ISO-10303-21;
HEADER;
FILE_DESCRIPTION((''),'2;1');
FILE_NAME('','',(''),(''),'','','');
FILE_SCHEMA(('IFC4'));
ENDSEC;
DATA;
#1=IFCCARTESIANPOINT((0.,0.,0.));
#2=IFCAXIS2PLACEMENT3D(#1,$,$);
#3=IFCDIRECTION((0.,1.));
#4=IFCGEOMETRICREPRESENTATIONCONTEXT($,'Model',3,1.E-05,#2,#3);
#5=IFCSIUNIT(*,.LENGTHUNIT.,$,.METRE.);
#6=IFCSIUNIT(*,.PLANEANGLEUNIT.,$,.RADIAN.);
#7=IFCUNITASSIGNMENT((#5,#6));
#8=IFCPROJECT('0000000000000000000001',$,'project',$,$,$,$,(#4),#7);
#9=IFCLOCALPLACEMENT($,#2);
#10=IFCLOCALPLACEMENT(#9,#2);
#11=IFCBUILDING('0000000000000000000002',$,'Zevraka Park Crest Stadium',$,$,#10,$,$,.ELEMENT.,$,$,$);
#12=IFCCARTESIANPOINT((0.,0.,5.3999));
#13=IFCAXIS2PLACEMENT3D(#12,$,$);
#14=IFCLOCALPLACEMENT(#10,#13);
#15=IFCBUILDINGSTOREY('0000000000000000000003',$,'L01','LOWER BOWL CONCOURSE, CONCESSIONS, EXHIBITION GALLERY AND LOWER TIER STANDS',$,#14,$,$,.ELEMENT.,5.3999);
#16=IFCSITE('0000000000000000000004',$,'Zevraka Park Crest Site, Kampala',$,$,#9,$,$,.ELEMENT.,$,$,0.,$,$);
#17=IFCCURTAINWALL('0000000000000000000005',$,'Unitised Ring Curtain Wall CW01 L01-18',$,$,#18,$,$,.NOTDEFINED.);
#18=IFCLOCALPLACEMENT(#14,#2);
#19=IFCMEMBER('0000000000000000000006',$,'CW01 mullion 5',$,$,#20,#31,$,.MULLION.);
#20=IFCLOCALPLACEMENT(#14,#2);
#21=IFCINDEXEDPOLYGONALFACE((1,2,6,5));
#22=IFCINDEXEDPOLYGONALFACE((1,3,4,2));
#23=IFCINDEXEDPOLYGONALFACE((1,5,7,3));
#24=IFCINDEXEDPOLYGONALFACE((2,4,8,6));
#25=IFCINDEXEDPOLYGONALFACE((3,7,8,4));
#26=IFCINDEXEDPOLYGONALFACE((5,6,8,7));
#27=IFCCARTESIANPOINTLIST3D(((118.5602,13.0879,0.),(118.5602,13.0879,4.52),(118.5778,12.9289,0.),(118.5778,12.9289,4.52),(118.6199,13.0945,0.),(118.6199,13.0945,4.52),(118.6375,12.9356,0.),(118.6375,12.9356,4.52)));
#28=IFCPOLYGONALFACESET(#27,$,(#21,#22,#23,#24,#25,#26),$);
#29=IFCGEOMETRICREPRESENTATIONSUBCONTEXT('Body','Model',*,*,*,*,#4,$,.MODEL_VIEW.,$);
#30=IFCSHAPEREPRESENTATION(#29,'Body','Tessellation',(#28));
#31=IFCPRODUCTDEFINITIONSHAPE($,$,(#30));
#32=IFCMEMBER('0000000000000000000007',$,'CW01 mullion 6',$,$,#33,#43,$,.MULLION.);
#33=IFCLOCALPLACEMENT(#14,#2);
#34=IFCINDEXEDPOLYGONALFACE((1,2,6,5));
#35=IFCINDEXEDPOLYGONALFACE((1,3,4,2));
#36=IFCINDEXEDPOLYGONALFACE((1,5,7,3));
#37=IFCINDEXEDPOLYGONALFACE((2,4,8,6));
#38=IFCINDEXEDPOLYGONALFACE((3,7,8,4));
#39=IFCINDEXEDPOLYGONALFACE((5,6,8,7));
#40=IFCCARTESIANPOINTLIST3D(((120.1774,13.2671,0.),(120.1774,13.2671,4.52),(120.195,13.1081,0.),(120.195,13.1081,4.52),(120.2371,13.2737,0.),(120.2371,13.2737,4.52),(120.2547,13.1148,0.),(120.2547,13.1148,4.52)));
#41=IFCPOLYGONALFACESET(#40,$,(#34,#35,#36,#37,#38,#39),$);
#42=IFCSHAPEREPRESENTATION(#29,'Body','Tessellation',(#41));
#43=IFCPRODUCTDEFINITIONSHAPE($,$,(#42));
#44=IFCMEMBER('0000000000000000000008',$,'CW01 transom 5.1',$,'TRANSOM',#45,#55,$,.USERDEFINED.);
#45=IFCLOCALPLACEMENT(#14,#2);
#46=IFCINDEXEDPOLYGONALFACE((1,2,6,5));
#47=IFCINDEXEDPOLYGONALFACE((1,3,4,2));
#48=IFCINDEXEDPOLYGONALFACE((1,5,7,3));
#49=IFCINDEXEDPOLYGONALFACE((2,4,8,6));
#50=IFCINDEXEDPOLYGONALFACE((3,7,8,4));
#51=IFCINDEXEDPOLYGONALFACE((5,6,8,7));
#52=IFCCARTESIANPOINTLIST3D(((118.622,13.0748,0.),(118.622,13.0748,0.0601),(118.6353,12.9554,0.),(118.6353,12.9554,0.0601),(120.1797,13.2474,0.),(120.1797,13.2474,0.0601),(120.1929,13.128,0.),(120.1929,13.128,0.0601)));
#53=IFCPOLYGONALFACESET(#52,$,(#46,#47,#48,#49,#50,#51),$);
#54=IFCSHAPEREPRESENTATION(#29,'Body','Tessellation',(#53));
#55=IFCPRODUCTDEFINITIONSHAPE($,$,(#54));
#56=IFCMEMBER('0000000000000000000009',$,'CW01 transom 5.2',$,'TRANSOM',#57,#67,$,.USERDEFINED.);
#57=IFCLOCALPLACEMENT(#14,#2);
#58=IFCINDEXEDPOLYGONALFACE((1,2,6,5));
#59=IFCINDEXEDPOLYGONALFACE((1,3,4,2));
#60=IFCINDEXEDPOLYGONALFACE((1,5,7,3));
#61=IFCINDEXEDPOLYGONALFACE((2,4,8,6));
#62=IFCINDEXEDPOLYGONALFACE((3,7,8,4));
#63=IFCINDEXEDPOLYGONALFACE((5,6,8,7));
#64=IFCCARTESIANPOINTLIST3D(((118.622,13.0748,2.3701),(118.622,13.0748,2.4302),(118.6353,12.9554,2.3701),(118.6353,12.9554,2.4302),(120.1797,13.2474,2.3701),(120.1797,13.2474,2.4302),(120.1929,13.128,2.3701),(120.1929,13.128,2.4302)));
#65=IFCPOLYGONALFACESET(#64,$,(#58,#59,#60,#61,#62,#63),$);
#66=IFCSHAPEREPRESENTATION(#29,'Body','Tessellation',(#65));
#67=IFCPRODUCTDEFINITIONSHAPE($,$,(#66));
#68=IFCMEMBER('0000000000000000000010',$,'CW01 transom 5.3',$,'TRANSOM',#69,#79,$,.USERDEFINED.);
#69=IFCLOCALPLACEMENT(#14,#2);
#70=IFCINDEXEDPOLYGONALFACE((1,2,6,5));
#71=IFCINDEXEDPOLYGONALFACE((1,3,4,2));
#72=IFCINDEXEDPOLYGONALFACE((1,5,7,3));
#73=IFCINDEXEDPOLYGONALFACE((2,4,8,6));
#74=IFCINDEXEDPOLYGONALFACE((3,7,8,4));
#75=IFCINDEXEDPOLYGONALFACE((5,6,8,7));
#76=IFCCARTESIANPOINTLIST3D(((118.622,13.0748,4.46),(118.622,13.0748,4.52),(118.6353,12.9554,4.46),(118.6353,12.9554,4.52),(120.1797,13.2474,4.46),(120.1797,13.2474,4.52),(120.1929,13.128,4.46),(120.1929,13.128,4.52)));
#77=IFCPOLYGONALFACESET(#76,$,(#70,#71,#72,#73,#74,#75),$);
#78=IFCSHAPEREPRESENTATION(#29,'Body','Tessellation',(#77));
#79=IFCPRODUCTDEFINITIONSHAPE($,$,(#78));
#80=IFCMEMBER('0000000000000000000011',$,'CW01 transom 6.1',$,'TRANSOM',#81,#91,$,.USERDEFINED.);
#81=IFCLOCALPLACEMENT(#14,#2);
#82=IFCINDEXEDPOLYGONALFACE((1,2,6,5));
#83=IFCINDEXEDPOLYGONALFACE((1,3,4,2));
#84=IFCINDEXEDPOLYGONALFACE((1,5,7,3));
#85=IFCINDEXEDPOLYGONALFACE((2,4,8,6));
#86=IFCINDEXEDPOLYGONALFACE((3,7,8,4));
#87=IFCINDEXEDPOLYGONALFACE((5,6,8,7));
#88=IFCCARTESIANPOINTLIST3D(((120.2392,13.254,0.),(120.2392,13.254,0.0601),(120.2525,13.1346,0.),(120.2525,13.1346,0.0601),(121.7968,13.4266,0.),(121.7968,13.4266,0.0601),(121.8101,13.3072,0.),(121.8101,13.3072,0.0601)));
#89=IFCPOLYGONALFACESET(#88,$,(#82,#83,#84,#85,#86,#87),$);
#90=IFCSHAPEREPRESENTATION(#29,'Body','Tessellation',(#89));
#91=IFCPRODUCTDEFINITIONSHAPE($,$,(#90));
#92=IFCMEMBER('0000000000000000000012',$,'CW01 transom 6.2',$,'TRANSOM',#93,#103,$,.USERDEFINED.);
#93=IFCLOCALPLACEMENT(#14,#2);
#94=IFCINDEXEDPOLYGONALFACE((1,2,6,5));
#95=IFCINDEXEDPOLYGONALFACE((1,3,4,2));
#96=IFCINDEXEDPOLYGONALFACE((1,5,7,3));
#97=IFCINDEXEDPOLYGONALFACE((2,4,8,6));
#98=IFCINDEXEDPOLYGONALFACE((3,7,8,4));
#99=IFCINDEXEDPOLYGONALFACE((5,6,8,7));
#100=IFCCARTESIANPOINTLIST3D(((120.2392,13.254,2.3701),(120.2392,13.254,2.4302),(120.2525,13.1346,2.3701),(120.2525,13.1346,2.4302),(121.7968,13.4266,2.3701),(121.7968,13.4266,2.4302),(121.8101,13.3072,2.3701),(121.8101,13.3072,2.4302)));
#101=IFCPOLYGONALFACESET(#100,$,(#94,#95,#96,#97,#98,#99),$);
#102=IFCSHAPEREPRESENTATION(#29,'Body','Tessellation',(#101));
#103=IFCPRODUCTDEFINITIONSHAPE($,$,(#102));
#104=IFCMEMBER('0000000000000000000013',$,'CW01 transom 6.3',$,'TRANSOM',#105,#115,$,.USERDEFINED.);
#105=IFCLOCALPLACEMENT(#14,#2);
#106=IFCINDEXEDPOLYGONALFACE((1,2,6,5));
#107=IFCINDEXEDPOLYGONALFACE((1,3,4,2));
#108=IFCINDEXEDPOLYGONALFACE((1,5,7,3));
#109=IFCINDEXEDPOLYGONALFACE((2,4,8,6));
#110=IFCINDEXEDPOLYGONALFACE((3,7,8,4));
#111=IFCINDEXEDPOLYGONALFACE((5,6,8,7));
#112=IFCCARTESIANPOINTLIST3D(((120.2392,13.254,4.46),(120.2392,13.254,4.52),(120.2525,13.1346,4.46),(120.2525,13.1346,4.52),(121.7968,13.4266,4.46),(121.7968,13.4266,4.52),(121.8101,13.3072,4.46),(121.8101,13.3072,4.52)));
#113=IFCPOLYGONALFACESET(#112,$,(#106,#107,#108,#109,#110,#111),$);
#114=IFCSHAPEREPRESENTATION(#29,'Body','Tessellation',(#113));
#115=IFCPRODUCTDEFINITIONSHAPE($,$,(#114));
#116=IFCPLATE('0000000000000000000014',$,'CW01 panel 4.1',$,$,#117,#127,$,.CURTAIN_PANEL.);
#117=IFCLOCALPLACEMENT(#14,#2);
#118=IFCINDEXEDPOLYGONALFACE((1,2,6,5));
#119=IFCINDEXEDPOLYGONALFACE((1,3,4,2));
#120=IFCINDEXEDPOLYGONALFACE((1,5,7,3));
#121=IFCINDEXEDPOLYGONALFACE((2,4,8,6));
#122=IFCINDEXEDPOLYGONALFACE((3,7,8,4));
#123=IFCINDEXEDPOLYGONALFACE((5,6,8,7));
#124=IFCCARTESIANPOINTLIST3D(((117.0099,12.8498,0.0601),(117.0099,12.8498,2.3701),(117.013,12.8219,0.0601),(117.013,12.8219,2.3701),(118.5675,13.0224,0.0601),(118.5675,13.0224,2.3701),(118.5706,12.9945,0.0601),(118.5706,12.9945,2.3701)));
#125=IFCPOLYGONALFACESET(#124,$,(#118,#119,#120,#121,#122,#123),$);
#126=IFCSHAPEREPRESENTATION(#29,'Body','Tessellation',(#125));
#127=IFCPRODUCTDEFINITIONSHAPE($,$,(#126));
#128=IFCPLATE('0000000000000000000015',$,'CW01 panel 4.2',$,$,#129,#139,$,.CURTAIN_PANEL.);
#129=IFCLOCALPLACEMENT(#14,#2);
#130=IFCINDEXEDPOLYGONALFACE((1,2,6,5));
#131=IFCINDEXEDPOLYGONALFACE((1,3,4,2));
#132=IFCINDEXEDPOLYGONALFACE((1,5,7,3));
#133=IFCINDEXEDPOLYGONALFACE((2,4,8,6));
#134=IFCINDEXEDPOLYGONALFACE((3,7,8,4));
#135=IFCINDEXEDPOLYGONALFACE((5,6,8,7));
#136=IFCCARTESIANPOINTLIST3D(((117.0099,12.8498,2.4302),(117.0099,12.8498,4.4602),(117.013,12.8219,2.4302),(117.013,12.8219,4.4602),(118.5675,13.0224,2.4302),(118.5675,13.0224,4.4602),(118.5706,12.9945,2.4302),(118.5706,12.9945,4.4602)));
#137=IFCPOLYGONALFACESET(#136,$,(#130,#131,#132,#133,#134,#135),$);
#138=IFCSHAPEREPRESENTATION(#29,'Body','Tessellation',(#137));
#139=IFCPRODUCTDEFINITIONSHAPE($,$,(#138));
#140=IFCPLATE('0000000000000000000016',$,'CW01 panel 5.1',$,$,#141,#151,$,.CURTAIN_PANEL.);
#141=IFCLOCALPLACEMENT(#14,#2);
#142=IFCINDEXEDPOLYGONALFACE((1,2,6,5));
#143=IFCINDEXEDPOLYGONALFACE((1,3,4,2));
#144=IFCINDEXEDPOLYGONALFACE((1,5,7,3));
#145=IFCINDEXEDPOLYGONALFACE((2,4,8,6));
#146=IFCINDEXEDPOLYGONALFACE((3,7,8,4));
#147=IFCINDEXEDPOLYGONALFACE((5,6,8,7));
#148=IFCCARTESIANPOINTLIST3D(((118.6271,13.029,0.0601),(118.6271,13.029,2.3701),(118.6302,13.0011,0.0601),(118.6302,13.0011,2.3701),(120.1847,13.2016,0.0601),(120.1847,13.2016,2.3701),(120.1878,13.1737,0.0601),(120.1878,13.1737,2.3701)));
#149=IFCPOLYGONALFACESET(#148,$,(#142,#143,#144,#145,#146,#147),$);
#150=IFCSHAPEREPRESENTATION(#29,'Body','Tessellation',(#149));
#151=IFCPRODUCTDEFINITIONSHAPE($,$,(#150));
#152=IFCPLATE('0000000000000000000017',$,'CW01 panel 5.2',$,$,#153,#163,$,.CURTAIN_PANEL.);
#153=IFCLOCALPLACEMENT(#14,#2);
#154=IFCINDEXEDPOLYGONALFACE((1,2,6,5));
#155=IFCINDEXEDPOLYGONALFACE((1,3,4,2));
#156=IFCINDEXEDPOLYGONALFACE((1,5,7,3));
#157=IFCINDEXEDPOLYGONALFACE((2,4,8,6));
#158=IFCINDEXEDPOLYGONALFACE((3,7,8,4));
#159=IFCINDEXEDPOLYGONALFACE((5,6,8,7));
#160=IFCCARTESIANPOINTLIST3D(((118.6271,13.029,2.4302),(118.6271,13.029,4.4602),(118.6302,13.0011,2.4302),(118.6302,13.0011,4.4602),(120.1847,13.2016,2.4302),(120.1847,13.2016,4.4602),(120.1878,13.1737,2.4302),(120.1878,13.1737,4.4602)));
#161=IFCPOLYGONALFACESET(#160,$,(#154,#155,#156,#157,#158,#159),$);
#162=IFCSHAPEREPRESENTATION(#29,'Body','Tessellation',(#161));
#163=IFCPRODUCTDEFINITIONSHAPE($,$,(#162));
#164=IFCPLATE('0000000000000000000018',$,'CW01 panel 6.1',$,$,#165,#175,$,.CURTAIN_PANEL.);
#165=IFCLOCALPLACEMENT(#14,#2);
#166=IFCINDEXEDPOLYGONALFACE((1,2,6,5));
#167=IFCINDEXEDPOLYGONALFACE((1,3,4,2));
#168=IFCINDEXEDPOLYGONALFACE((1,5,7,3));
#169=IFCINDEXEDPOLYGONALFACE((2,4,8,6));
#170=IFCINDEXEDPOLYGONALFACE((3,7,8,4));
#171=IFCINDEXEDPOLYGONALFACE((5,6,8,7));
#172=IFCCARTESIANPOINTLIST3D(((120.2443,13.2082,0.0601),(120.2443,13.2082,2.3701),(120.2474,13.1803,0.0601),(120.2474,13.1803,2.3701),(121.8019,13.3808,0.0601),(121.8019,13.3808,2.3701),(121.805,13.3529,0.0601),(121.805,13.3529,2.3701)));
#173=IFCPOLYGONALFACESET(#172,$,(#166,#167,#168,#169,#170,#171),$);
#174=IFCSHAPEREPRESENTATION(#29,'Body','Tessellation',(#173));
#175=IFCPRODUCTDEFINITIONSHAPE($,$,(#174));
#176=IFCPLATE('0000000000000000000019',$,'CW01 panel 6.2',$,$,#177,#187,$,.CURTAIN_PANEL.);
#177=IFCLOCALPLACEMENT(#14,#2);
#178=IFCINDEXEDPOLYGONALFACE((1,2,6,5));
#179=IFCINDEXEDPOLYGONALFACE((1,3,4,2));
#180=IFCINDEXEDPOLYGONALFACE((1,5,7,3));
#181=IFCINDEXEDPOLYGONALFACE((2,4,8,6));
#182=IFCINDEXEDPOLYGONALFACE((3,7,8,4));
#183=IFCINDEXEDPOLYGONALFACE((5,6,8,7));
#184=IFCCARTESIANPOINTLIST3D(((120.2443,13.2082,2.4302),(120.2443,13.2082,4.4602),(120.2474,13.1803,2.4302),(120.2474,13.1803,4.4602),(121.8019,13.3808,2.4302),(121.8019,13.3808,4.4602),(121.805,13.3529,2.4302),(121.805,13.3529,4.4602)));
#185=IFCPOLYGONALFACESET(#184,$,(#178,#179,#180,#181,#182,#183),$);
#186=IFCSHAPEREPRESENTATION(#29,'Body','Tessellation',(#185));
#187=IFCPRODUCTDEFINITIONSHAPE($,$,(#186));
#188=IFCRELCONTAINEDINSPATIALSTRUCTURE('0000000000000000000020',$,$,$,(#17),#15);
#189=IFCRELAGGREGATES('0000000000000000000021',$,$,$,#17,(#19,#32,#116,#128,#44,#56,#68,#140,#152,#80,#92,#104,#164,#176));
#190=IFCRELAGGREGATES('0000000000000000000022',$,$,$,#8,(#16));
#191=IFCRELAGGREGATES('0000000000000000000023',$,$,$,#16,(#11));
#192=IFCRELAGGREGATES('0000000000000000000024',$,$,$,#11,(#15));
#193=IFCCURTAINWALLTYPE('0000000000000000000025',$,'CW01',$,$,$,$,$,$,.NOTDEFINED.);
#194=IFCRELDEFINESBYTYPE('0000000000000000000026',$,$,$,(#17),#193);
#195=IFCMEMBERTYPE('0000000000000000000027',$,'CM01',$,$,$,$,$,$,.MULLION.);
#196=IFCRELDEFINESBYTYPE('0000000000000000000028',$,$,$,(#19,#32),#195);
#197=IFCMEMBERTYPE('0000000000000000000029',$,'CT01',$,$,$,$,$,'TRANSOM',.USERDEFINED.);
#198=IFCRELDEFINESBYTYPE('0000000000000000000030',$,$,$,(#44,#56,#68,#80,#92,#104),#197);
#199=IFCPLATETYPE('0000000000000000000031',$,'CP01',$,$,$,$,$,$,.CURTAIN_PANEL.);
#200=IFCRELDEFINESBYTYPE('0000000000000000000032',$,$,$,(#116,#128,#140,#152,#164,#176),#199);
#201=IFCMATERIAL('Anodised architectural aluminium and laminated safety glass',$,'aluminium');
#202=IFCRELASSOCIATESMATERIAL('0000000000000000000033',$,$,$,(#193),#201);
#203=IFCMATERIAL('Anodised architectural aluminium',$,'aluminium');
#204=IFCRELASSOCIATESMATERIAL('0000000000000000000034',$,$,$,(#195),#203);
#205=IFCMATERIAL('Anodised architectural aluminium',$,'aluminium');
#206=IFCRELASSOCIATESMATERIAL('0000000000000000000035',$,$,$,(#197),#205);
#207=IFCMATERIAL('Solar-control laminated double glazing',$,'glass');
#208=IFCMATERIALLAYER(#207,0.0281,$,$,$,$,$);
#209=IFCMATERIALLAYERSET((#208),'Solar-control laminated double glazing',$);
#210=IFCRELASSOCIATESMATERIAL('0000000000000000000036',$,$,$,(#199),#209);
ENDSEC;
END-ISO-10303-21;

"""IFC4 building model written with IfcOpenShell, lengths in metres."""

from ifc_helpers import new_model, si_unit, direction, frame, origin, origin_2d, place, context, subcontext, project, spatial, rectangle, extrude, material, layer, layer_set, material_profile, profile_set, type_object, element, aggregate, save


model = new_model("IFC4")

# Units and contexts
model_context = context("Model", 3, precision=1e-05, world=origin(), true_north=direction((0.0, 1.0)))
body_context = subcontext(model_context, "Body", "Model", "MODEL_VIEW")
ifc_project = project(units=[si_unit("LENGTHUNIT", "METRE"), si_unit("PLANEANGLEUNIT", "RADIAN")], contexts=[model_context])

# Site, building, storey
site_placement = place(None, origin())
site = spatial("IfcSite", under=ifc_project, at=site_placement, Name="Zevraka Park Crest Site, Kampala", CompositionType="ELEMENT", RefElevation=0.0)
building_placement = place(site_placement, origin())
building = spatial("IfcBuilding", under=site, at=building_placement, Name="Zevraka Park Crest Stadium", CompositionType="ELEMENT")
storey_placement = place(building_placement, frame((0.0, 0.0, 5.3999)))
storey = spatial("IfcBuildingStorey", under=building, at=storey_placement, Name="L01", Description="LOWER BOWL CONCOURSE, CONCESSIONS, EXHIBITION GALLERY AND LOWER TIER STANDS", CompositionType="ELEMENT", Elevation=5.3999)

# Curtain wall, members, plates
ifc_material_1 = material(Name="Anodised architectural aluminium and laminated safety glass", Category="aluminium")
curtain_wall_type = type_object("IfcCurtainWallType", Name="CW01", PredefinedType="NOTDEFINED", material=ifc_material_1)
curtain_wall_placement = place(storey_placement, origin())
curtain_wall = element("IfcCurtainWall", 1, at=curtain_wall_placement, inside=storey, type_object=curtain_wall_type, Name="Unitised Ring Curtain Wall CW01 L01-18", PredefinedType="NOTDEFINED")
ifc_material_2 = material(Name="Anodised architectural aluminium", Category="aluminium")
ifc_material_profile_1 = material_profile(ifc_material_2, rectangle(XDim=0.1599, YDim=0.0601, at=origin_2d()), Name="ALU MULLION 160x60")
ifc_profile_set_1 = profile_set([ifc_material_profile_1], Name="Anodised architectural aluminium")
member_type_1 = type_object("IfcMemberType", Name="CM01", PredefinedType="MULLION", material=ifc_profile_set_1)
member_1_placement = place(storey_placement, frame((118.5989, 13.0117, 0.0), z_axis=(0.0, 0.0, 1.0), x_axis=(-0.110135, 0.993917, 0.0)))
member_1 = element("IfcMember", 2, at=member_1_placement, type_object=member_type_1, Name="CW01 mullion 5", PredefinedType="MULLION", context=body_context, shape_type="SweptSolid", body=[
    extrude(rectangle(XDim=0.1599, YDim=0.0601, at=origin_2d()), origin(), (0.0, 0.0, 1.0), 4.52),
])
member_2_placement = place(storey_placement, frame((120.2161, 13.1909, 0.0), z_axis=(0.0, 0.0, 1.0), x_axis=(-0.110135, 0.993917, 0.0)))
member_2 = element("IfcMember", 3, at=member_2_placement, type_object=member_type_1, Name="CW01 mullion 6", PredefinedType="MULLION", context=body_context, shape_type="SweptSolid", body=[
    extrude(rectangle(XDim=0.1599, YDim=0.0601, at=origin_2d()), origin(), (0.0, 0.0, 1.0), 4.52),
])
ifc_material_3 = material(Name="Anodised architectural aluminium", Category="aluminium")
ifc_material_profile_2 = material_profile(ifc_material_3, rectangle(XDim=0.1201, YDim=0.0601, at=origin_2d()), Name="ALU TRANSOM 120x60")
ifc_profile_set_2 = profile_set([ifc_material_profile_2], Name="Anodised architectural aluminium")
member_type_2 = type_object("IfcMemberType", Name="CT01", ElementType="TRANSOM", PredefinedType="USERDEFINED", material=ifc_profile_set_2)
member_3_placement = place(storey_placement, frame((118.6287, 13.0151, 0.03), z_axis=(0.993916, 0.110141, 0.0), x_axis=(-0.110141, 0.993916, 0.0)))
member_3 = element("IfcMember", 4, at=member_3_placement, type_object=member_type_2, Name="CW01 transom 5.1", ObjectType="TRANSOM", PredefinedType="USERDEFINED", context=body_context, shape_type="SweptSolid", body=[
    extrude(rectangle(XDim=0.1201, YDim=0.0601, at=origin_2d()), origin(), (0.0, 0.0, 1.0), 1.5671),
])
member_4_placement = place(storey_placement, frame((118.6287, 13.0151, 2.4001), z_axis=(0.993916, 0.110141, 0.0), x_axis=(-0.110141, 0.993916, 0.0)))
member_4 = element("IfcMember", 5, at=member_4_placement, type_object=member_type_2, Name="CW01 transom 5.2", ObjectType="TRANSOM", PredefinedType="USERDEFINED", context=body_context, shape_type="SweptSolid", body=[
    extrude(rectangle(XDim=0.1201, YDim=0.0601, at=origin_2d()), origin(), (0.0, 0.0, 1.0), 1.5671),
])
member_5_placement = place(storey_placement, frame((118.6287, 13.0151, 4.49), z_axis=(0.993916, 0.110141, 0.0), x_axis=(-0.110141, 0.993916, 0.0)))
member_5 = element("IfcMember", 6, at=member_5_placement, type_object=member_type_2, Name="CW01 transom 5.3", ObjectType="TRANSOM", PredefinedType="USERDEFINED", context=body_context, shape_type="SweptSolid", body=[
    extrude(rectangle(XDim=0.1201, YDim=0.0601, at=origin_2d()), origin(), (0.0, 0.0, 1.0), 1.5671),
])
member_6_placement = place(storey_placement, frame((120.2458, 13.1943, 0.03), z_axis=(0.993916, 0.110141, 0.0), x_axis=(-0.110141, 0.993916, 0.0)))
member_6 = element("IfcMember", 7, at=member_6_placement, type_object=member_type_2, Name="CW01 transom 6.1", ObjectType="TRANSOM", PredefinedType="USERDEFINED", context=body_context, shape_type="SweptSolid", body=[
    extrude(rectangle(XDim=0.1201, YDim=0.0601, at=origin_2d()), origin(), (0.0, 0.0, 1.0), 1.5671),
])
member_7_placement = place(storey_placement, frame((120.2458, 13.1943, 2.4001), z_axis=(0.993916, 0.110141, 0.0), x_axis=(-0.110141, 0.993916, 0.0)))
member_7 = element("IfcMember", 8, at=member_7_placement, type_object=member_type_2, Name="CW01 transom 6.2", ObjectType="TRANSOM", PredefinedType="USERDEFINED", context=body_context, shape_type="SweptSolid", body=[
    extrude(rectangle(XDim=0.1201, YDim=0.0601, at=origin_2d()), origin(), (0.0, 0.0, 1.0), 1.5671),
])
member_8_placement = place(storey_placement, frame((120.2458, 13.1943, 4.49), z_axis=(0.993916, 0.110141, 0.0), x_axis=(-0.110141, 0.993916, 0.0)))
member_8 = element("IfcMember", 9, at=member_8_placement, type_object=member_type_2, Name="CW01 transom 6.3", ObjectType="TRANSOM", PredefinedType="USERDEFINED", context=body_context, shape_type="SweptSolid", body=[
    extrude(rectangle(XDim=0.1201, YDim=0.0601, at=origin_2d()), origin(), (0.0, 0.0, 1.0), 1.5671),
])
ifc_material_4 = material(Name="Solar-control laminated double glazing", Category="glass")
ifc_layer_1 = layer(ifc_material_4, 0.0281)
ifc_layer_set_1 = layer_set([ifc_layer_1], Name="Solar-control laminated double glazing")
plate_type = type_object("IfcPlateType", Name="CP01", PredefinedType="CURTAIN_PANEL", material=ifc_layer_set_1)
plate_1_placement = place(storey_placement, frame((117.7903, 12.9221, 0.0601), z_axis=(0.0, 0.0, 1.0), x_axis=(0.993917, 0.110135, 0.0)))
plate_1 = element("IfcPlate", 10, at=plate_1_placement, type_object=plate_type, Name="CW01 panel 4.1", PredefinedType="CURTAIN_PANEL", context=body_context, shape_type="SweptSolid", body=[
    extrude(rectangle(XDim=1.5671, YDim=0.0281, at=origin_2d()), origin(), (0.0, 0.0, 1.0), 2.3101),
])
plate_2_placement = place(storey_placement, frame((117.7903, 12.9221, 2.4302), z_axis=(0.0, 0.0, 1.0), x_axis=(0.993917, 0.110135, 0.0)))
plate_2 = element("IfcPlate", 11, at=plate_2_placement, type_object=plate_type, Name="CW01 panel 4.2", PredefinedType="CURTAIN_PANEL", context=body_context, shape_type="SweptSolid", body=[
    extrude(rectangle(XDim=1.5671, YDim=0.0281, at=origin_2d()), origin(), (0.0, 0.0, 1.0), 2.03),
])
plate_3_placement = place(storey_placement, frame((119.4075, 13.1013, 0.0601), z_axis=(0.0, 0.0, 1.0), x_axis=(0.993917, 0.110135, 0.0)))
plate_3 = element("IfcPlate", 12, at=plate_3_placement, type_object=plate_type, Name="CW01 panel 5.1", PredefinedType="CURTAIN_PANEL", context=body_context, shape_type="SweptSolid", body=[
    extrude(rectangle(XDim=1.5671, YDim=0.0281, at=origin_2d()), origin(), (0.0, 0.0, 1.0), 2.3101),
])
plate_4_placement = place(storey_placement, frame((119.4075, 13.1013, 2.4302), z_axis=(0.0, 0.0, 1.0), x_axis=(0.993917, 0.110135, 0.0)))
plate_4 = element("IfcPlate", 13, at=plate_4_placement, type_object=plate_type, Name="CW01 panel 5.2", PredefinedType="CURTAIN_PANEL", context=body_context, shape_type="SweptSolid", body=[
    extrude(rectangle(XDim=1.5671, YDim=0.0281, at=origin_2d()), origin(), (0.0, 0.0, 1.0), 2.03),
])
plate_5_placement = place(storey_placement, frame((121.0247, 13.2805, 0.0601), z_axis=(0.0, 0.0, 1.0), x_axis=(0.993917, 0.110135, 0.0)))
plate_5 = element("IfcPlate", 14, at=plate_5_placement, type_object=plate_type, Name="CW01 panel 6.1", PredefinedType="CURTAIN_PANEL", context=body_context, shape_type="SweptSolid", body=[
    extrude(rectangle(XDim=1.5671, YDim=0.0281, at=origin_2d()), origin(), (0.0, 0.0, 1.0), 2.3101),
])
plate_6_placement = place(storey_placement, frame((121.0247, 13.2805, 2.4302), z_axis=(0.0, 0.0, 1.0), x_axis=(0.993917, 0.110135, 0.0)))
plate_6 = element("IfcPlate", 15, at=plate_6_placement, type_object=plate_type, Name="CW01 panel 6.2", PredefinedType="CURTAIN_PANEL", context=body_context, shape_type="SweptSolid", body=[
    extrude(rectangle(XDim=1.5671, YDim=0.0281, at=origin_2d()), origin(), (0.0, 0.0, 1.0), 2.03),
])
aggregate(curtain_wall, [member_1, member_2, plate_1, plate_2, member_3, member_4, member_5, plate_3, plate_4, member_6, member_7, member_8, plate_5, plate_6])

save(model, "model.ifc")
